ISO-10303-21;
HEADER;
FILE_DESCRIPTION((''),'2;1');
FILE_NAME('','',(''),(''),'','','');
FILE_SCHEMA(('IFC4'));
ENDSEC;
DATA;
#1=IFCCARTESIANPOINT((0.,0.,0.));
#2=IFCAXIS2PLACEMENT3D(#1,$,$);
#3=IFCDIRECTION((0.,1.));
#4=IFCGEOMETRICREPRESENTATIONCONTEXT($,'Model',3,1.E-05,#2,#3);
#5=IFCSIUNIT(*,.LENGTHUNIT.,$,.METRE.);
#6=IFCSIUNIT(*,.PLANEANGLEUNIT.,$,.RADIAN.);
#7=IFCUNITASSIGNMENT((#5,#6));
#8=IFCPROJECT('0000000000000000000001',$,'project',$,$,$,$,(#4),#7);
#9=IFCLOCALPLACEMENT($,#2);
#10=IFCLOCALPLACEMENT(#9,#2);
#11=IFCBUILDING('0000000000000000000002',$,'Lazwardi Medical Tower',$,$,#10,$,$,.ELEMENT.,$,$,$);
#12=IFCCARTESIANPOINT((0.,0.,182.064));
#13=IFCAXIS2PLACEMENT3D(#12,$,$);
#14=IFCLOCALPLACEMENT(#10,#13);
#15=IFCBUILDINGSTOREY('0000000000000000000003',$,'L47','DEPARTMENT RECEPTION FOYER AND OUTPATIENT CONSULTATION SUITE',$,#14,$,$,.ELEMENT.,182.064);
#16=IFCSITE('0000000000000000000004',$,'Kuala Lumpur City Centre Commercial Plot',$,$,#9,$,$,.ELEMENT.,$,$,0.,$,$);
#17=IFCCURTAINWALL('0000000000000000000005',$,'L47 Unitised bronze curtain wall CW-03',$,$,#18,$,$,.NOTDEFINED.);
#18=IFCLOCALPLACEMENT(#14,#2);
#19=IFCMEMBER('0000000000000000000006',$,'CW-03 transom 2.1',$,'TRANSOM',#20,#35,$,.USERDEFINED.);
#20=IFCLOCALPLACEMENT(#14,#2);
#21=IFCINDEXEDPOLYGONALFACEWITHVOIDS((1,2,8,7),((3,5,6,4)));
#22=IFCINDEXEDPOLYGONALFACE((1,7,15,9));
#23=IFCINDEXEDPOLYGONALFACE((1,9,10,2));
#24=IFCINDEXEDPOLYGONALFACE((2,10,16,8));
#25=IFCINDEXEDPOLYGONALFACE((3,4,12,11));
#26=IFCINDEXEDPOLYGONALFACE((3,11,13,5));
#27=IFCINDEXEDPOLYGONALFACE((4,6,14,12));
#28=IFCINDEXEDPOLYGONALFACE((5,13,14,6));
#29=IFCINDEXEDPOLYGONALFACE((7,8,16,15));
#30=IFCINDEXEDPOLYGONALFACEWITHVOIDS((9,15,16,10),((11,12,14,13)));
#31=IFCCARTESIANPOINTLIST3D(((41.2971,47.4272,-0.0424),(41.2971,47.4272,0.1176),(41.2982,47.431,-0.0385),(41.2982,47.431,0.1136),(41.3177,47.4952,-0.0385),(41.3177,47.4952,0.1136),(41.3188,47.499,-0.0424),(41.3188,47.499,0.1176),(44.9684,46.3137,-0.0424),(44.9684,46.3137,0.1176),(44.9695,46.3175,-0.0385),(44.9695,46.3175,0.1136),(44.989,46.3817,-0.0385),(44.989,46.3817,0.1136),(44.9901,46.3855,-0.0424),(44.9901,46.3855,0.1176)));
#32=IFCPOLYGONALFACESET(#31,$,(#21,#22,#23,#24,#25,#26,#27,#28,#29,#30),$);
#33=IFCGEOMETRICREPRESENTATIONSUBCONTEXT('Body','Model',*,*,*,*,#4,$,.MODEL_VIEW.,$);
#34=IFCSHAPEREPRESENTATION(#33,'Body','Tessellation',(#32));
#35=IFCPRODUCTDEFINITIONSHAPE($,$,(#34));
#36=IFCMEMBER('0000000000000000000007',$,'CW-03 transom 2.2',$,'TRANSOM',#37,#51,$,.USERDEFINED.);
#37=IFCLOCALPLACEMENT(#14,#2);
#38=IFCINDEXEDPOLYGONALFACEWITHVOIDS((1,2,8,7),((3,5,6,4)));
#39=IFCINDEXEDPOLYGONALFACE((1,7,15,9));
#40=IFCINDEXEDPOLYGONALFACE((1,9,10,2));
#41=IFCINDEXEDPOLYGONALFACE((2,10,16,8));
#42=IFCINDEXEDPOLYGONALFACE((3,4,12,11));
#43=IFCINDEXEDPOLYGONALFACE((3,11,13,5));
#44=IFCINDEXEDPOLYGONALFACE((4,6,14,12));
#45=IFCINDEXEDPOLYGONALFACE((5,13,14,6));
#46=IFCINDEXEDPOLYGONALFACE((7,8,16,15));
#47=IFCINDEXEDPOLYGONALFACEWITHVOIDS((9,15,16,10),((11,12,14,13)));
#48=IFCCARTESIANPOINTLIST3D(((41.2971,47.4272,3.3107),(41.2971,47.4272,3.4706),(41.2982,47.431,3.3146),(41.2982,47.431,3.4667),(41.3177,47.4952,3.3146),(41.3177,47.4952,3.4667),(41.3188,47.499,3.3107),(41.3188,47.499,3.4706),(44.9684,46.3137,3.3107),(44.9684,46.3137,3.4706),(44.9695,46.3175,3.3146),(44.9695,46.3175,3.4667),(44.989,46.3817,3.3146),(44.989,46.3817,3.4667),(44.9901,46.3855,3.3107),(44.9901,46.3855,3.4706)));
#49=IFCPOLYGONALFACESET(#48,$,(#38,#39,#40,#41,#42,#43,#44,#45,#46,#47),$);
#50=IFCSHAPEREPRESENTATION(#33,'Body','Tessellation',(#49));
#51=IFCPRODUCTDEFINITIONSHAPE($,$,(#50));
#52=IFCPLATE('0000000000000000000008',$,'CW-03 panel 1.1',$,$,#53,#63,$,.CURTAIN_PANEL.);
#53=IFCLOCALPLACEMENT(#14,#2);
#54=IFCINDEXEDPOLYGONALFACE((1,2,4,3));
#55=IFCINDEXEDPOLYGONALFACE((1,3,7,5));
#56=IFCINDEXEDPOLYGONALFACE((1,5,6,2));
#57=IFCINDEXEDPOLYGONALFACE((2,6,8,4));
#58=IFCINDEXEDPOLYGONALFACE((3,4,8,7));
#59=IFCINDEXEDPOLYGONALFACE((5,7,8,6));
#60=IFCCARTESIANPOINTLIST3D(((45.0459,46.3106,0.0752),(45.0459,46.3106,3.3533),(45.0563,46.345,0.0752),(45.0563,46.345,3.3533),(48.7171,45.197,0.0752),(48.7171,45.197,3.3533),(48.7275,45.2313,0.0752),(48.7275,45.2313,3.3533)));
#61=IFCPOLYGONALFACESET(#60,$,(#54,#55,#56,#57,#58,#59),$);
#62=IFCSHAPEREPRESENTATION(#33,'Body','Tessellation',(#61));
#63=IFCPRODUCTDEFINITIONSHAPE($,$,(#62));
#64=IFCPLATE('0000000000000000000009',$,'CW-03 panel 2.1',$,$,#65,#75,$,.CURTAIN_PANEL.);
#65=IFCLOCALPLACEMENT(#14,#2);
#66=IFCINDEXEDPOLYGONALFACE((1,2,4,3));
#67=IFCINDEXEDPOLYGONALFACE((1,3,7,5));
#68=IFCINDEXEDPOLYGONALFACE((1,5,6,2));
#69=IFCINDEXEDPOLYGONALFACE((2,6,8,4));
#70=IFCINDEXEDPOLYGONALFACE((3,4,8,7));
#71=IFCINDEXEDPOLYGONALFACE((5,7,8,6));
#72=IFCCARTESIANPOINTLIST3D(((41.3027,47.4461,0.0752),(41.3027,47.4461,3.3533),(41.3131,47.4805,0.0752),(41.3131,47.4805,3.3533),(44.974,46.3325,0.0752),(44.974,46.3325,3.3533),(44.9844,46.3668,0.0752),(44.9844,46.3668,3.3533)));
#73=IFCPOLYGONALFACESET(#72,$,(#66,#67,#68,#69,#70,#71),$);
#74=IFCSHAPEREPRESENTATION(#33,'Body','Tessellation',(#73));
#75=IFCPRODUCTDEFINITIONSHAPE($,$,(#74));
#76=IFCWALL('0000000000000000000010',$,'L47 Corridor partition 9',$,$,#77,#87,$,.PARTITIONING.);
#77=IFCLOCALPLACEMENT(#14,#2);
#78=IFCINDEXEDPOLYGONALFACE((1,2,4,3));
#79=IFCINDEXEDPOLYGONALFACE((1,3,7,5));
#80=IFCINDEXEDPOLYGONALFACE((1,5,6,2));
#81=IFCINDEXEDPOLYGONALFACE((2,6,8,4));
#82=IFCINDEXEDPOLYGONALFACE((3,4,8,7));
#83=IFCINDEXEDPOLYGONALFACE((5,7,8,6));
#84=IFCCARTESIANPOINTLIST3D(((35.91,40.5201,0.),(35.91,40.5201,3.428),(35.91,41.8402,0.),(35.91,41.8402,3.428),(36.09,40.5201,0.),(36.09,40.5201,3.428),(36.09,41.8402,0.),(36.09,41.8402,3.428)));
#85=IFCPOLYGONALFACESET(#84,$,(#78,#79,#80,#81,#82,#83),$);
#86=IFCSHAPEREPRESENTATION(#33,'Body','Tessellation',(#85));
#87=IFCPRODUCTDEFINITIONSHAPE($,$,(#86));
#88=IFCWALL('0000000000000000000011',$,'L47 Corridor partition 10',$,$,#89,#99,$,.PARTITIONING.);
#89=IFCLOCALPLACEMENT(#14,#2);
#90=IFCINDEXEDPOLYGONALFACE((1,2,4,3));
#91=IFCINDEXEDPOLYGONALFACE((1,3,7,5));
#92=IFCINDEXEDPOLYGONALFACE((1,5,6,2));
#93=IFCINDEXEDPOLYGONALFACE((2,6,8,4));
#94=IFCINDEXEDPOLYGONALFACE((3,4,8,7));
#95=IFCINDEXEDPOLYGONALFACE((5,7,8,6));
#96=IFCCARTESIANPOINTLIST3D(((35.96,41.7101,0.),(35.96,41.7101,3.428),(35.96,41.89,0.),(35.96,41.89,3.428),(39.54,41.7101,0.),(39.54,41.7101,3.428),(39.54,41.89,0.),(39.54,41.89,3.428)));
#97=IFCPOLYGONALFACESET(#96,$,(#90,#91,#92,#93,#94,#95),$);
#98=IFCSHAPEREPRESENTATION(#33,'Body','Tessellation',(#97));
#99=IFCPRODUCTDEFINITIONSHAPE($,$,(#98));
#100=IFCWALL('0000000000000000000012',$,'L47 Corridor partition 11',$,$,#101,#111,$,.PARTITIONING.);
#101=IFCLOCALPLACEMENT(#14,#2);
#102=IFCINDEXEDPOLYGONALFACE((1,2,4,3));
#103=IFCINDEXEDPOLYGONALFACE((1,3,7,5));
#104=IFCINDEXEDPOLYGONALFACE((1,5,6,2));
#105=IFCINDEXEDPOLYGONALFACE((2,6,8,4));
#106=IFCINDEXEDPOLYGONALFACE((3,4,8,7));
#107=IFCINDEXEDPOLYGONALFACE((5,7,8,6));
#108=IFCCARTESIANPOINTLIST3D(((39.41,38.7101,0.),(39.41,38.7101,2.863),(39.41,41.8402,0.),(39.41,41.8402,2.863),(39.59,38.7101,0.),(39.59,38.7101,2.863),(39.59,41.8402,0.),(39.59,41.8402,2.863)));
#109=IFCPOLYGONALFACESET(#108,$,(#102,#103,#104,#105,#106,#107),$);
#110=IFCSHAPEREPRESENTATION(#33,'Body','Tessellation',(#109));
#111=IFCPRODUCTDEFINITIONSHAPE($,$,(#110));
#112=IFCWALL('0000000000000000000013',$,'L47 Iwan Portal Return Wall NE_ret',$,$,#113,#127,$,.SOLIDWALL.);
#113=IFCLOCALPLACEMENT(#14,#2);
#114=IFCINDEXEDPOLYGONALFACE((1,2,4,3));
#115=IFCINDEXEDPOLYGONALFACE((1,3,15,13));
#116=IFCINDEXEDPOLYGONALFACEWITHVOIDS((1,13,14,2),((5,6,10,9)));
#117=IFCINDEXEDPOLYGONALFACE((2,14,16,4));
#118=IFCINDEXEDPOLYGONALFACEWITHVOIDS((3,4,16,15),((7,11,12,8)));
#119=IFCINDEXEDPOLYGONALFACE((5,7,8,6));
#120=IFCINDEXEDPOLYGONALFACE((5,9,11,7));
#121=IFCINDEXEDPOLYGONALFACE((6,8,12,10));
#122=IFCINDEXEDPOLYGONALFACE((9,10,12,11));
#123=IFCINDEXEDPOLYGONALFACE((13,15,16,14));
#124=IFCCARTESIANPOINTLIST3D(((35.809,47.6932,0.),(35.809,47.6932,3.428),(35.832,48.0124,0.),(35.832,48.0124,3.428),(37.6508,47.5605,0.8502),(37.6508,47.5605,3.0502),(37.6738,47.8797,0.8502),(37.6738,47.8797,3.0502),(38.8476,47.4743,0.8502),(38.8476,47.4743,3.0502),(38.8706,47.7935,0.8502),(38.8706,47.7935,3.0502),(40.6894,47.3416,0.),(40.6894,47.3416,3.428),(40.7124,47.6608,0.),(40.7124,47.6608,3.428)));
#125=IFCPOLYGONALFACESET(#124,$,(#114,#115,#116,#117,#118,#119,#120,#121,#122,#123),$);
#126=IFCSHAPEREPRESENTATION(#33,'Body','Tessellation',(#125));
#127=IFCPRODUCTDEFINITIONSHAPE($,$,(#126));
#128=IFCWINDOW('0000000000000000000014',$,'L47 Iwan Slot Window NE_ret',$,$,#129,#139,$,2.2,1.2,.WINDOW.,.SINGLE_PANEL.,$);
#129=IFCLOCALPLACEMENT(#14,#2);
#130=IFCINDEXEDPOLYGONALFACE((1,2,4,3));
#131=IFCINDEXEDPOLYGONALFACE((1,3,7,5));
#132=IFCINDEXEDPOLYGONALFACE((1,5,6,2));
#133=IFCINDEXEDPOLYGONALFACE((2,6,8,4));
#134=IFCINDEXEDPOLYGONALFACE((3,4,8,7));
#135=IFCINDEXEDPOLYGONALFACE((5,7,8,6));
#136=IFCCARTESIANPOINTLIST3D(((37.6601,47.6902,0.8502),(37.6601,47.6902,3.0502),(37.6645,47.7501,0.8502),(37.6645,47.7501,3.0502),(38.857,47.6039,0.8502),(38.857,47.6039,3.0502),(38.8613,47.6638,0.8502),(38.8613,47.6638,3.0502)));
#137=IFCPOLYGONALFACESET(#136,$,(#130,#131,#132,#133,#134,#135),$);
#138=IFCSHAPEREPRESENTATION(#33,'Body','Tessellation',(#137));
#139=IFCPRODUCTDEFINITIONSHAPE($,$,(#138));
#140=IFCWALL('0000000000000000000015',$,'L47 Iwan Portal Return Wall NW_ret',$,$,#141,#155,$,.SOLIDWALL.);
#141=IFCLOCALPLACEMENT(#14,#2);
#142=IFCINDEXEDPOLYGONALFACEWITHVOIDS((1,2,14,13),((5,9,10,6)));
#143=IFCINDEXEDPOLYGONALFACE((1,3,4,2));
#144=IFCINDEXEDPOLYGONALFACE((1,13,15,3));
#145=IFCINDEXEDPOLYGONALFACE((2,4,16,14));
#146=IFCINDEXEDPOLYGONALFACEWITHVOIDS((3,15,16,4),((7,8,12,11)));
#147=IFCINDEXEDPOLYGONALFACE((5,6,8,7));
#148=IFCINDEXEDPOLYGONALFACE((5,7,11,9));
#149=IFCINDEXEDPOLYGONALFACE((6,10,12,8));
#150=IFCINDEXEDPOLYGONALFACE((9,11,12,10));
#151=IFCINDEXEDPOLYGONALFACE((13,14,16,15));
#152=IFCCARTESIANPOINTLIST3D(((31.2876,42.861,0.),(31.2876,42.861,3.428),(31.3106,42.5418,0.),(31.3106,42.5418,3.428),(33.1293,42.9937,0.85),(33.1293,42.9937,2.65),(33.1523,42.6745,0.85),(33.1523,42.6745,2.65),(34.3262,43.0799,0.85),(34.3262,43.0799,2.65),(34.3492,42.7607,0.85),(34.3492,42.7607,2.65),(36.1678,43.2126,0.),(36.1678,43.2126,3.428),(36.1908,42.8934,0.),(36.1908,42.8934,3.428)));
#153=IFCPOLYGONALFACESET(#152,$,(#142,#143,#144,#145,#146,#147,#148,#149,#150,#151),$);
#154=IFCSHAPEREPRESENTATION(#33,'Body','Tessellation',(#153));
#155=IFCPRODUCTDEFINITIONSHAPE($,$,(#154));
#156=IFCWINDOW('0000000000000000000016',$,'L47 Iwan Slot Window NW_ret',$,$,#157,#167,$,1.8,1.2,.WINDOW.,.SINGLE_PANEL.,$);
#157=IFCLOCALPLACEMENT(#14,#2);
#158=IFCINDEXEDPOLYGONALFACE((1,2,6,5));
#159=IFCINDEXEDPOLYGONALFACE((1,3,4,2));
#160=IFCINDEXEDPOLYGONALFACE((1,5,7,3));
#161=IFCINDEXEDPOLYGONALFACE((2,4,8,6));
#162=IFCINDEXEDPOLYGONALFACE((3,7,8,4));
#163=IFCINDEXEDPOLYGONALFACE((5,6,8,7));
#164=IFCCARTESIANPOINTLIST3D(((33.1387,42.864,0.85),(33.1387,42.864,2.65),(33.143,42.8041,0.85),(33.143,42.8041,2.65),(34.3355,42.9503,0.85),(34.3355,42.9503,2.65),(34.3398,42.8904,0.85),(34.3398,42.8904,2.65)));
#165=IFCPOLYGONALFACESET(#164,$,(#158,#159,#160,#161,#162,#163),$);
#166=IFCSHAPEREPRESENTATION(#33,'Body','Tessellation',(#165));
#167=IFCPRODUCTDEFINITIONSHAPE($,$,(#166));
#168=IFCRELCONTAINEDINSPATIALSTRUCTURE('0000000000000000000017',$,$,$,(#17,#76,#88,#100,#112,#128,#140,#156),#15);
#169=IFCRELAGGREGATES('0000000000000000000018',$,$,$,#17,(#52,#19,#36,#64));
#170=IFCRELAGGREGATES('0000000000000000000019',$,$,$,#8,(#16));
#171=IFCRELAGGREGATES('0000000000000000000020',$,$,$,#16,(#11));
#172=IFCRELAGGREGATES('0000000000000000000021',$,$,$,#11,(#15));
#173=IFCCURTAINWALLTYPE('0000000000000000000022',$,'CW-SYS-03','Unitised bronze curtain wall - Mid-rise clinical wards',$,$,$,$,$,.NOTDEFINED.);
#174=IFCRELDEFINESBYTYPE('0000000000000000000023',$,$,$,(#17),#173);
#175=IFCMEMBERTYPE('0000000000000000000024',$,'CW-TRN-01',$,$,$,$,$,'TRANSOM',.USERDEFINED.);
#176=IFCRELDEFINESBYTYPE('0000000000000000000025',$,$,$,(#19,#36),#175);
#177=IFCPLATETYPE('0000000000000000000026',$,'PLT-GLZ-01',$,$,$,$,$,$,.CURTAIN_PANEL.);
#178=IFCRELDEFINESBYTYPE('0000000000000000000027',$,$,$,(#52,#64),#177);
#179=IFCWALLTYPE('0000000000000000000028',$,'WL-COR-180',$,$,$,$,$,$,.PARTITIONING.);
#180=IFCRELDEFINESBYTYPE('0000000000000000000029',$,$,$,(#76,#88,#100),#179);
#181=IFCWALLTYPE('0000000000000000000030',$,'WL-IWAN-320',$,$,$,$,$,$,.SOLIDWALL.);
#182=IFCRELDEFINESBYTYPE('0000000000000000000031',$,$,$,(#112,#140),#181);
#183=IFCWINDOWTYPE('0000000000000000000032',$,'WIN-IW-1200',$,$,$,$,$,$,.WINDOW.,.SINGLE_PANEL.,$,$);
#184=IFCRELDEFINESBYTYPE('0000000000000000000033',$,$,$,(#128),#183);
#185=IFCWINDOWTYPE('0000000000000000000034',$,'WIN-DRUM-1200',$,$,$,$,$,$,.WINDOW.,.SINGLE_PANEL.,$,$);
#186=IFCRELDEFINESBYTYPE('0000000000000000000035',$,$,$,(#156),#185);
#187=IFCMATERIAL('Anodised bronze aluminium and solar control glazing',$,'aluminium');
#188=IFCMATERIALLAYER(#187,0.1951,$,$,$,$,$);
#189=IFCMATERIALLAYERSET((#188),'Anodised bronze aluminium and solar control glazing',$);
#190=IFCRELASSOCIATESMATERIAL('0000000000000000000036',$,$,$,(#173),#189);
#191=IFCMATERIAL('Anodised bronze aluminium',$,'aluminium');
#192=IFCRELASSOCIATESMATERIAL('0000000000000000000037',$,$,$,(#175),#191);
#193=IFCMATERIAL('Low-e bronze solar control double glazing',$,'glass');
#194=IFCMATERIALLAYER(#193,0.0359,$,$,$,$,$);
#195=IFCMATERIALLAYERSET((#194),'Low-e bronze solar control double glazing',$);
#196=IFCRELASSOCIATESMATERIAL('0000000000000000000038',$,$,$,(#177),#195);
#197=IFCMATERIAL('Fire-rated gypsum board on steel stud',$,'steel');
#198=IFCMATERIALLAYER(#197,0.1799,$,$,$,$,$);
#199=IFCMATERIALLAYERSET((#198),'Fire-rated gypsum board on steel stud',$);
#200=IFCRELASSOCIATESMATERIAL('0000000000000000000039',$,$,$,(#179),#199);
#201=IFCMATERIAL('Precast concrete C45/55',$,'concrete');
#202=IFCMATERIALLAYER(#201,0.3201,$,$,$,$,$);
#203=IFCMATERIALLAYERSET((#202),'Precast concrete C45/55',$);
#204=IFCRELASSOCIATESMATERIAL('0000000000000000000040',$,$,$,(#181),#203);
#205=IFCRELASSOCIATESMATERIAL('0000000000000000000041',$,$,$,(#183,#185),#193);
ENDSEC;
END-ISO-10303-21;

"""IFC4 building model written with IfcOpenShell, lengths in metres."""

from ifc_helpers import new_model, si_unit, direction, frame, frame_2d, origin, origin_2d, place, context, subcontext, project, spatial, rectangle, hollow_rectangle, extrude, material, layer, layer_set, material_profile, profile_set, type_object, element, fill, aggregate, save


model = new_model("IFC4")

# Units and contexts
model_context = context("Model", 3, precision=1e-05, world=origin(), true_north=direction((0.0, 1.0)))
body_context = subcontext(model_context, "Body", "Model", "MODEL_VIEW")
ifc_project = project(units=[si_unit("LENGTHUNIT", "METRE"), si_unit("PLANEANGLEUNIT", "RADIAN")], contexts=[model_context])

# Site, building, storey
site_placement = place(None, origin())
site = spatial("IfcSite", under=ifc_project, at=site_placement, Name="Kuala Lumpur City Centre Commercial Plot", CompositionType="ELEMENT", RefElevation=0.0)
building_placement = place(site_placement, origin())
building = spatial("IfcBuilding", under=site, at=building_placement, Name="Lazwardi Medical Tower", CompositionType="ELEMENT")
storey_placement = place(building_placement, frame((0.0, 0.0, 182.064)))
storey = spatial("IfcBuildingStorey", under=building, at=storey_placement, Name="L47", Description="DEPARTMENT RECEPTION FOYER AND OUTPATIENT CONSULTATION SUITE", CompositionType="ELEMENT", Elevation=182.064)

# Curtain wall, members, plates
ifc_material_1 = material(Name="Anodised bronze aluminium and solar control glazing", Category="aluminium")
ifc_layer_1 = layer(ifc_material_1, 0.1951)
ifc_layer_set_1 = layer_set([ifc_layer_1], Name="Anodised bronze aluminium and solar control glazing")
curtain_wall_type = type_object("IfcCurtainWallType", Name="CW-SYS-03", Description="Unitised bronze curtain wall - Mid-rise clinical wards", PredefinedType="NOTDEFINED", material=ifc_layer_set_1)
curtain_wall_placement = place(storey_placement, origin())
curtain_wall = element("IfcCurtainWall", 1, at=curtain_wall_placement, inside=storey, type_object=curtain_wall_type, Name="L47 Unitised bronze curtain wall CW-03", PredefinedType="NOTDEFINED")
ifc_material_2 = material(Name="Anodised bronze aluminium", Category="aluminium")
ifc_material_profile_1 = material_profile(ifc_material_2, hollow_rectangle(XDim=0.075, YDim=0.1599, WallThickness=0.0039, at=origin_2d()), Name="ALU-TRANSOM 160x75x4")
ifc_profile_set_1 = profile_set([ifc_material_profile_1], Name="Anodised bronze aluminium")
member_type_1 = type_object("IfcMemberType", Name="CW-TRN-01", ElementType="TRANSOM", PredefinedType="USERDEFINED", material=ifc_profile_set_1)
member_1_placement = place(storey_placement, frame((44.9792, 46.3496, 0.0376), z_axis=(-0.956953, 0.290242, 0.0), x_axis=(-0.290242, -0.956953, 0.0)))
member_1 = element("IfcMember", 2, at=member_1_placement, type_object=member_type_1, Name="CW-03 transom 2.1", ObjectType="TRANSOM", PredefinedType="USERDEFINED", context=body_context, shape_type="SweptSolid", body=[
    extrude(hollow_rectangle(XDim=0.075, YDim=0.1599, WallThickness=0.0039, at=origin_2d()), origin(), (0.0, 0.0, 1.0), 3.8364),
])
member_2_placement = place(storey_placement, frame((44.9792, 46.3496, 3.3906), z_axis=(-0.956953, 0.290242, 0.0), x_axis=(-0.290242, -0.956953, 0.0)))
member_2 = element("IfcMember", 3, at=member_2_placement, type_object=member_type_1, Name="CW-03 transom 2.2", ObjectType="TRANSOM", PredefinedType="USERDEFINED", context=body_context, shape_type="SweptSolid", body=[
    extrude(hollow_rectangle(XDim=0.075, YDim=0.1599, WallThickness=0.0039, at=origin_2d()), origin(), (0.0, 0.0, 1.0), 3.8364),
])
ifc_material_3 = material(Name="Low-e bronze solar control double glazing", Category="glass")
ifc_layer_2 = layer(ifc_material_3, 0.0359)
ifc_layer_set_2 = layer_set([ifc_layer_2], Name="Low-e bronze solar control double glazing")
plate_type = type_object("IfcPlateType", Name="PLT-GLZ-01", PredefinedType="CURTAIN_PANEL", material=ifc_layer_set_2)
plate_1_placement = place(storey_placement, frame((46.8867, 45.771, 0.0752), z_axis=(0.0, 0.0, 1.0), x_axis=(-0.956942, 0.290281, 0.0)))
plate_1 = element("IfcPlate", 4, at=plate_1_placement, type_object=plate_type, Name="CW-03 panel 1.1", PredefinedType="CURTAIN_PANEL", context=body_context, shape_type="SweptSolid", body=[
    extrude(rectangle(XDim=3.8364, YDim=0.0359, at=origin_2d()), origin(), (0.0, 0.0, 1.0), 3.2781),
])
plate_2_placement = place(storey_placement, frame((43.1436, 46.9065, 0.0752), z_axis=(0.0, 0.0, 1.0), x_axis=(-0.956942, 0.290281, 0.0)))
plate_2 = element("IfcPlate", 5, at=plate_2_placement, type_object=plate_type, Name="CW-03 panel 2.1", PredefinedType="CURTAIN_PANEL", context=body_context, shape_type="SweptSolid", body=[
    extrude(rectangle(XDim=3.8364, YDim=0.0359, at=origin_2d()), origin(), (0.0, 0.0, 1.0), 3.2781),
])
aggregate(curtain_wall, [plate_1, member_1, member_2, plate_2])

# Walls
ifc_material_4 = material(Name="Fire-rated gypsum board on steel stud", Category="steel")
ifc_layer_3 = layer(ifc_material_4, 0.1799)
ifc_layer_set_3 = layer_set([ifc_layer_3], Name="Fire-rated gypsum board on steel stud")
wall_type_1 = type_object("IfcWallType", Name="WL-COR-180", PredefinedType="PARTITIONING", material=ifc_layer_set_3)
wall_1_placement = place(storey_placement, frame((36.0, 40.52, 0.0), z_axis=(0.0, 0.0, 1.0), x_axis=(0.0, 1.0, 0.0)))
element("IfcWall", 6, at=wall_1_placement, inside=storey, type_object=wall_type_1, Name="L47 Corridor partition 9", PredefinedType="PARTITIONING", context=body_context, shape_type="SweptSolid", body=[
    extrude(rectangle(XDim=1.3201, YDim=0.1799, at=frame_2d((0.6602, 0.0))), origin(), (0.0, 0.0, 1.0), 3.428),
])
wall_2_placement = place(storey_placement, frame((35.96, 41.8, 0.0), z_axis=(0.0, 0.0, 1.0), x_axis=(1.0, 0.0, 0.0)))
element("IfcWall", 7, at=wall_2_placement, inside=storey, type_object=wall_type_1, Name="L47 Corridor partition 10", PredefinedType="PARTITIONING", context=body_context, shape_type="SweptSolid", body=[
    extrude(rectangle(XDim=3.5801, YDim=0.1799, at=frame_2d((1.79, 0.0))), origin(), (0.0, 0.0, 1.0), 3.428),
])
wall_3_placement = place(storey_placement, frame((39.5, 41.8401, 0.0), z_axis=(0.0, 0.0, 1.0), x_axis=(0.0, -1.0, 0.0)))
element("IfcWall", 8, at=wall_3_placement, inside=storey, type_object=wall_type_1, Name="L47 Corridor partition 11", PredefinedType="PARTITIONING", context=body_context, shape_type="SweptSolid", body=[
    extrude(rectangle(XDim=3.1301, YDim=0.1799, at=frame_2d((1.5649, 0.0))), origin(), (0.0, 0.0, 1.0), 2.863),
])

# Walls, openings, windows
ifc_material_5 = material(Name="Precast concrete C45/55", Category="concrete")
ifc_layer_4 = layer(ifc_material_5, 0.3201)
ifc_layer_set_4 = layer_set([ifc_layer_4], Name="Precast concrete C45/55")
wall_type_2 = type_object("IfcWallType", Name="WL-IWAN-320", PredefinedType="SOLIDWALL", material=ifc_layer_set_4)
wall_4_placement = place(storey_placement, frame((40.7009, 47.5012, 0.0), z_axis=(0.0, 0.0, 1.0), x_axis=(-0.997415, 0.07185, 0.0)))
wall_4 = element("IfcWall", 9, at=wall_4_placement, inside=storey, type_object=wall_type_2, Name="L47 Iwan Portal Return Wall NE_ret", PredefinedType="SOLIDWALL", context=body_context, shape_type="SweptSolid", body=[
    extrude(rectangle(XDim=4.8931, YDim=0.3201, at=frame_2d((2.4465, 0.0))), origin(), (0.0, 0.0, 1.0), 3.428),
])
opening_1_placement = place(wall_4_placement, frame((1.8464, 0.0, 0.8501)))
opening_1 = element("IfcOpeningElement", 10, at=opening_1_placement, cuts=wall_4, PredefinedType="OPENING", context=body_context, shape_type="SweptSolid", body=[
    extrude(rectangle(XDim=1.2, YDim=2.2, at=frame_2d((0.6001, 1.1001))), frame((0.0, 0.1699, 0.0), z_axis=(0.0, -1.0, 0.0), x_axis=(1.0, 0.0, 0.0)), (0.0, 0.0, 1.0), 0.3401),
])
window_type_1 = type_object("IfcWindowType", Name="WIN-IW-1200", PartitioningType="SINGLE_PANEL", PredefinedType="WINDOW", material=ifc_material_3)
window_1_placement = place(opening_1_placement, origin())
window_1 = element("IfcWindow", 11, at=window_1_placement, inside=storey, type_object=window_type_1, Name="L47 Iwan Slot Window NE_ret", OverallHeight=2.2, OverallWidth=1.2, PartitioningType="SINGLE_PANEL", PredefinedType="WINDOW", context=body_context, shape_type="SweptSolid", body=[
    extrude(rectangle(XDim=1.2, YDim=2.2, at=frame_2d((0.6001, 1.1001))), frame((0.0, 0.03, 0.0), z_axis=(0.0, -1.0, 0.0), x_axis=(1.0, 0.0, 0.0)), (0.0, 0.0, 1.0), 0.0601),
])
fill(opening_1, window_1)
wall_5_placement = place(storey_placement, frame((36.1792, 43.053, 0.0), z_axis=(0.0, 0.0, 1.0), x_axis=(-0.997415, -0.071853, 0.0)))
wall_5 = element("IfcWall", 12, at=wall_5_placement, inside=storey, type_object=wall_type_2, Name="L47 Iwan Portal Return Wall NW_ret", PredefinedType="SOLIDWALL", context=body_context, shape_type="SweptSolid", body=[
    extrude(rectangle(XDim=4.8928, YDim=0.3201, at=frame_2d((2.4463, 0.0))), origin(), (0.0, 0.0, 1.0), 3.428),
])
opening_2_placement = place(wall_5_placement, frame((1.8462, 0.0, 0.8501)))
opening_2 = element("IfcOpeningElement", 13, at=opening_2_placement, cuts=wall_5, PredefinedType="OPENING", context=body_context, shape_type="SweptSolid", body=[
    extrude(rectangle(XDim=1.2, YDim=1.8, at=frame_2d((0.6001, 0.8999))), frame((0.0, 0.1699, 0.0), z_axis=(0.0, -1.0, 0.0), x_axis=(1.0, 0.0, 0.0)), (0.0, 0.0, 1.0), 0.3401),
])
window_type_2 = type_object("IfcWindowType", Name="WIN-DRUM-1200", PartitioningType="SINGLE_PANEL", PredefinedType="WINDOW", material=ifc_material_3)
window_2_placement = place(opening_2_placement, origin())
window_2 = element("IfcWindow", 14, at=window_2_placement, inside=storey, type_object=window_type_2, Name="L47 Iwan Slot Window NW_ret", OverallHeight=1.8, OverallWidth=1.2, PartitioningType="SINGLE_PANEL", PredefinedType="WINDOW", context=body_context, shape_type="SweptSolid", body=[
    extrude(rectangle(XDim=1.2, YDim=1.8, at=frame_2d((0.6001, 0.8999))), frame((0.0, 0.03, 0.0), z_axis=(0.0, -1.0, 0.0), x_axis=(1.0, 0.0, 0.0)), (0.0, 0.0, 1.0), 0.0601),
])
fill(opening_2, window_2)

save(model, "model.ifc")
